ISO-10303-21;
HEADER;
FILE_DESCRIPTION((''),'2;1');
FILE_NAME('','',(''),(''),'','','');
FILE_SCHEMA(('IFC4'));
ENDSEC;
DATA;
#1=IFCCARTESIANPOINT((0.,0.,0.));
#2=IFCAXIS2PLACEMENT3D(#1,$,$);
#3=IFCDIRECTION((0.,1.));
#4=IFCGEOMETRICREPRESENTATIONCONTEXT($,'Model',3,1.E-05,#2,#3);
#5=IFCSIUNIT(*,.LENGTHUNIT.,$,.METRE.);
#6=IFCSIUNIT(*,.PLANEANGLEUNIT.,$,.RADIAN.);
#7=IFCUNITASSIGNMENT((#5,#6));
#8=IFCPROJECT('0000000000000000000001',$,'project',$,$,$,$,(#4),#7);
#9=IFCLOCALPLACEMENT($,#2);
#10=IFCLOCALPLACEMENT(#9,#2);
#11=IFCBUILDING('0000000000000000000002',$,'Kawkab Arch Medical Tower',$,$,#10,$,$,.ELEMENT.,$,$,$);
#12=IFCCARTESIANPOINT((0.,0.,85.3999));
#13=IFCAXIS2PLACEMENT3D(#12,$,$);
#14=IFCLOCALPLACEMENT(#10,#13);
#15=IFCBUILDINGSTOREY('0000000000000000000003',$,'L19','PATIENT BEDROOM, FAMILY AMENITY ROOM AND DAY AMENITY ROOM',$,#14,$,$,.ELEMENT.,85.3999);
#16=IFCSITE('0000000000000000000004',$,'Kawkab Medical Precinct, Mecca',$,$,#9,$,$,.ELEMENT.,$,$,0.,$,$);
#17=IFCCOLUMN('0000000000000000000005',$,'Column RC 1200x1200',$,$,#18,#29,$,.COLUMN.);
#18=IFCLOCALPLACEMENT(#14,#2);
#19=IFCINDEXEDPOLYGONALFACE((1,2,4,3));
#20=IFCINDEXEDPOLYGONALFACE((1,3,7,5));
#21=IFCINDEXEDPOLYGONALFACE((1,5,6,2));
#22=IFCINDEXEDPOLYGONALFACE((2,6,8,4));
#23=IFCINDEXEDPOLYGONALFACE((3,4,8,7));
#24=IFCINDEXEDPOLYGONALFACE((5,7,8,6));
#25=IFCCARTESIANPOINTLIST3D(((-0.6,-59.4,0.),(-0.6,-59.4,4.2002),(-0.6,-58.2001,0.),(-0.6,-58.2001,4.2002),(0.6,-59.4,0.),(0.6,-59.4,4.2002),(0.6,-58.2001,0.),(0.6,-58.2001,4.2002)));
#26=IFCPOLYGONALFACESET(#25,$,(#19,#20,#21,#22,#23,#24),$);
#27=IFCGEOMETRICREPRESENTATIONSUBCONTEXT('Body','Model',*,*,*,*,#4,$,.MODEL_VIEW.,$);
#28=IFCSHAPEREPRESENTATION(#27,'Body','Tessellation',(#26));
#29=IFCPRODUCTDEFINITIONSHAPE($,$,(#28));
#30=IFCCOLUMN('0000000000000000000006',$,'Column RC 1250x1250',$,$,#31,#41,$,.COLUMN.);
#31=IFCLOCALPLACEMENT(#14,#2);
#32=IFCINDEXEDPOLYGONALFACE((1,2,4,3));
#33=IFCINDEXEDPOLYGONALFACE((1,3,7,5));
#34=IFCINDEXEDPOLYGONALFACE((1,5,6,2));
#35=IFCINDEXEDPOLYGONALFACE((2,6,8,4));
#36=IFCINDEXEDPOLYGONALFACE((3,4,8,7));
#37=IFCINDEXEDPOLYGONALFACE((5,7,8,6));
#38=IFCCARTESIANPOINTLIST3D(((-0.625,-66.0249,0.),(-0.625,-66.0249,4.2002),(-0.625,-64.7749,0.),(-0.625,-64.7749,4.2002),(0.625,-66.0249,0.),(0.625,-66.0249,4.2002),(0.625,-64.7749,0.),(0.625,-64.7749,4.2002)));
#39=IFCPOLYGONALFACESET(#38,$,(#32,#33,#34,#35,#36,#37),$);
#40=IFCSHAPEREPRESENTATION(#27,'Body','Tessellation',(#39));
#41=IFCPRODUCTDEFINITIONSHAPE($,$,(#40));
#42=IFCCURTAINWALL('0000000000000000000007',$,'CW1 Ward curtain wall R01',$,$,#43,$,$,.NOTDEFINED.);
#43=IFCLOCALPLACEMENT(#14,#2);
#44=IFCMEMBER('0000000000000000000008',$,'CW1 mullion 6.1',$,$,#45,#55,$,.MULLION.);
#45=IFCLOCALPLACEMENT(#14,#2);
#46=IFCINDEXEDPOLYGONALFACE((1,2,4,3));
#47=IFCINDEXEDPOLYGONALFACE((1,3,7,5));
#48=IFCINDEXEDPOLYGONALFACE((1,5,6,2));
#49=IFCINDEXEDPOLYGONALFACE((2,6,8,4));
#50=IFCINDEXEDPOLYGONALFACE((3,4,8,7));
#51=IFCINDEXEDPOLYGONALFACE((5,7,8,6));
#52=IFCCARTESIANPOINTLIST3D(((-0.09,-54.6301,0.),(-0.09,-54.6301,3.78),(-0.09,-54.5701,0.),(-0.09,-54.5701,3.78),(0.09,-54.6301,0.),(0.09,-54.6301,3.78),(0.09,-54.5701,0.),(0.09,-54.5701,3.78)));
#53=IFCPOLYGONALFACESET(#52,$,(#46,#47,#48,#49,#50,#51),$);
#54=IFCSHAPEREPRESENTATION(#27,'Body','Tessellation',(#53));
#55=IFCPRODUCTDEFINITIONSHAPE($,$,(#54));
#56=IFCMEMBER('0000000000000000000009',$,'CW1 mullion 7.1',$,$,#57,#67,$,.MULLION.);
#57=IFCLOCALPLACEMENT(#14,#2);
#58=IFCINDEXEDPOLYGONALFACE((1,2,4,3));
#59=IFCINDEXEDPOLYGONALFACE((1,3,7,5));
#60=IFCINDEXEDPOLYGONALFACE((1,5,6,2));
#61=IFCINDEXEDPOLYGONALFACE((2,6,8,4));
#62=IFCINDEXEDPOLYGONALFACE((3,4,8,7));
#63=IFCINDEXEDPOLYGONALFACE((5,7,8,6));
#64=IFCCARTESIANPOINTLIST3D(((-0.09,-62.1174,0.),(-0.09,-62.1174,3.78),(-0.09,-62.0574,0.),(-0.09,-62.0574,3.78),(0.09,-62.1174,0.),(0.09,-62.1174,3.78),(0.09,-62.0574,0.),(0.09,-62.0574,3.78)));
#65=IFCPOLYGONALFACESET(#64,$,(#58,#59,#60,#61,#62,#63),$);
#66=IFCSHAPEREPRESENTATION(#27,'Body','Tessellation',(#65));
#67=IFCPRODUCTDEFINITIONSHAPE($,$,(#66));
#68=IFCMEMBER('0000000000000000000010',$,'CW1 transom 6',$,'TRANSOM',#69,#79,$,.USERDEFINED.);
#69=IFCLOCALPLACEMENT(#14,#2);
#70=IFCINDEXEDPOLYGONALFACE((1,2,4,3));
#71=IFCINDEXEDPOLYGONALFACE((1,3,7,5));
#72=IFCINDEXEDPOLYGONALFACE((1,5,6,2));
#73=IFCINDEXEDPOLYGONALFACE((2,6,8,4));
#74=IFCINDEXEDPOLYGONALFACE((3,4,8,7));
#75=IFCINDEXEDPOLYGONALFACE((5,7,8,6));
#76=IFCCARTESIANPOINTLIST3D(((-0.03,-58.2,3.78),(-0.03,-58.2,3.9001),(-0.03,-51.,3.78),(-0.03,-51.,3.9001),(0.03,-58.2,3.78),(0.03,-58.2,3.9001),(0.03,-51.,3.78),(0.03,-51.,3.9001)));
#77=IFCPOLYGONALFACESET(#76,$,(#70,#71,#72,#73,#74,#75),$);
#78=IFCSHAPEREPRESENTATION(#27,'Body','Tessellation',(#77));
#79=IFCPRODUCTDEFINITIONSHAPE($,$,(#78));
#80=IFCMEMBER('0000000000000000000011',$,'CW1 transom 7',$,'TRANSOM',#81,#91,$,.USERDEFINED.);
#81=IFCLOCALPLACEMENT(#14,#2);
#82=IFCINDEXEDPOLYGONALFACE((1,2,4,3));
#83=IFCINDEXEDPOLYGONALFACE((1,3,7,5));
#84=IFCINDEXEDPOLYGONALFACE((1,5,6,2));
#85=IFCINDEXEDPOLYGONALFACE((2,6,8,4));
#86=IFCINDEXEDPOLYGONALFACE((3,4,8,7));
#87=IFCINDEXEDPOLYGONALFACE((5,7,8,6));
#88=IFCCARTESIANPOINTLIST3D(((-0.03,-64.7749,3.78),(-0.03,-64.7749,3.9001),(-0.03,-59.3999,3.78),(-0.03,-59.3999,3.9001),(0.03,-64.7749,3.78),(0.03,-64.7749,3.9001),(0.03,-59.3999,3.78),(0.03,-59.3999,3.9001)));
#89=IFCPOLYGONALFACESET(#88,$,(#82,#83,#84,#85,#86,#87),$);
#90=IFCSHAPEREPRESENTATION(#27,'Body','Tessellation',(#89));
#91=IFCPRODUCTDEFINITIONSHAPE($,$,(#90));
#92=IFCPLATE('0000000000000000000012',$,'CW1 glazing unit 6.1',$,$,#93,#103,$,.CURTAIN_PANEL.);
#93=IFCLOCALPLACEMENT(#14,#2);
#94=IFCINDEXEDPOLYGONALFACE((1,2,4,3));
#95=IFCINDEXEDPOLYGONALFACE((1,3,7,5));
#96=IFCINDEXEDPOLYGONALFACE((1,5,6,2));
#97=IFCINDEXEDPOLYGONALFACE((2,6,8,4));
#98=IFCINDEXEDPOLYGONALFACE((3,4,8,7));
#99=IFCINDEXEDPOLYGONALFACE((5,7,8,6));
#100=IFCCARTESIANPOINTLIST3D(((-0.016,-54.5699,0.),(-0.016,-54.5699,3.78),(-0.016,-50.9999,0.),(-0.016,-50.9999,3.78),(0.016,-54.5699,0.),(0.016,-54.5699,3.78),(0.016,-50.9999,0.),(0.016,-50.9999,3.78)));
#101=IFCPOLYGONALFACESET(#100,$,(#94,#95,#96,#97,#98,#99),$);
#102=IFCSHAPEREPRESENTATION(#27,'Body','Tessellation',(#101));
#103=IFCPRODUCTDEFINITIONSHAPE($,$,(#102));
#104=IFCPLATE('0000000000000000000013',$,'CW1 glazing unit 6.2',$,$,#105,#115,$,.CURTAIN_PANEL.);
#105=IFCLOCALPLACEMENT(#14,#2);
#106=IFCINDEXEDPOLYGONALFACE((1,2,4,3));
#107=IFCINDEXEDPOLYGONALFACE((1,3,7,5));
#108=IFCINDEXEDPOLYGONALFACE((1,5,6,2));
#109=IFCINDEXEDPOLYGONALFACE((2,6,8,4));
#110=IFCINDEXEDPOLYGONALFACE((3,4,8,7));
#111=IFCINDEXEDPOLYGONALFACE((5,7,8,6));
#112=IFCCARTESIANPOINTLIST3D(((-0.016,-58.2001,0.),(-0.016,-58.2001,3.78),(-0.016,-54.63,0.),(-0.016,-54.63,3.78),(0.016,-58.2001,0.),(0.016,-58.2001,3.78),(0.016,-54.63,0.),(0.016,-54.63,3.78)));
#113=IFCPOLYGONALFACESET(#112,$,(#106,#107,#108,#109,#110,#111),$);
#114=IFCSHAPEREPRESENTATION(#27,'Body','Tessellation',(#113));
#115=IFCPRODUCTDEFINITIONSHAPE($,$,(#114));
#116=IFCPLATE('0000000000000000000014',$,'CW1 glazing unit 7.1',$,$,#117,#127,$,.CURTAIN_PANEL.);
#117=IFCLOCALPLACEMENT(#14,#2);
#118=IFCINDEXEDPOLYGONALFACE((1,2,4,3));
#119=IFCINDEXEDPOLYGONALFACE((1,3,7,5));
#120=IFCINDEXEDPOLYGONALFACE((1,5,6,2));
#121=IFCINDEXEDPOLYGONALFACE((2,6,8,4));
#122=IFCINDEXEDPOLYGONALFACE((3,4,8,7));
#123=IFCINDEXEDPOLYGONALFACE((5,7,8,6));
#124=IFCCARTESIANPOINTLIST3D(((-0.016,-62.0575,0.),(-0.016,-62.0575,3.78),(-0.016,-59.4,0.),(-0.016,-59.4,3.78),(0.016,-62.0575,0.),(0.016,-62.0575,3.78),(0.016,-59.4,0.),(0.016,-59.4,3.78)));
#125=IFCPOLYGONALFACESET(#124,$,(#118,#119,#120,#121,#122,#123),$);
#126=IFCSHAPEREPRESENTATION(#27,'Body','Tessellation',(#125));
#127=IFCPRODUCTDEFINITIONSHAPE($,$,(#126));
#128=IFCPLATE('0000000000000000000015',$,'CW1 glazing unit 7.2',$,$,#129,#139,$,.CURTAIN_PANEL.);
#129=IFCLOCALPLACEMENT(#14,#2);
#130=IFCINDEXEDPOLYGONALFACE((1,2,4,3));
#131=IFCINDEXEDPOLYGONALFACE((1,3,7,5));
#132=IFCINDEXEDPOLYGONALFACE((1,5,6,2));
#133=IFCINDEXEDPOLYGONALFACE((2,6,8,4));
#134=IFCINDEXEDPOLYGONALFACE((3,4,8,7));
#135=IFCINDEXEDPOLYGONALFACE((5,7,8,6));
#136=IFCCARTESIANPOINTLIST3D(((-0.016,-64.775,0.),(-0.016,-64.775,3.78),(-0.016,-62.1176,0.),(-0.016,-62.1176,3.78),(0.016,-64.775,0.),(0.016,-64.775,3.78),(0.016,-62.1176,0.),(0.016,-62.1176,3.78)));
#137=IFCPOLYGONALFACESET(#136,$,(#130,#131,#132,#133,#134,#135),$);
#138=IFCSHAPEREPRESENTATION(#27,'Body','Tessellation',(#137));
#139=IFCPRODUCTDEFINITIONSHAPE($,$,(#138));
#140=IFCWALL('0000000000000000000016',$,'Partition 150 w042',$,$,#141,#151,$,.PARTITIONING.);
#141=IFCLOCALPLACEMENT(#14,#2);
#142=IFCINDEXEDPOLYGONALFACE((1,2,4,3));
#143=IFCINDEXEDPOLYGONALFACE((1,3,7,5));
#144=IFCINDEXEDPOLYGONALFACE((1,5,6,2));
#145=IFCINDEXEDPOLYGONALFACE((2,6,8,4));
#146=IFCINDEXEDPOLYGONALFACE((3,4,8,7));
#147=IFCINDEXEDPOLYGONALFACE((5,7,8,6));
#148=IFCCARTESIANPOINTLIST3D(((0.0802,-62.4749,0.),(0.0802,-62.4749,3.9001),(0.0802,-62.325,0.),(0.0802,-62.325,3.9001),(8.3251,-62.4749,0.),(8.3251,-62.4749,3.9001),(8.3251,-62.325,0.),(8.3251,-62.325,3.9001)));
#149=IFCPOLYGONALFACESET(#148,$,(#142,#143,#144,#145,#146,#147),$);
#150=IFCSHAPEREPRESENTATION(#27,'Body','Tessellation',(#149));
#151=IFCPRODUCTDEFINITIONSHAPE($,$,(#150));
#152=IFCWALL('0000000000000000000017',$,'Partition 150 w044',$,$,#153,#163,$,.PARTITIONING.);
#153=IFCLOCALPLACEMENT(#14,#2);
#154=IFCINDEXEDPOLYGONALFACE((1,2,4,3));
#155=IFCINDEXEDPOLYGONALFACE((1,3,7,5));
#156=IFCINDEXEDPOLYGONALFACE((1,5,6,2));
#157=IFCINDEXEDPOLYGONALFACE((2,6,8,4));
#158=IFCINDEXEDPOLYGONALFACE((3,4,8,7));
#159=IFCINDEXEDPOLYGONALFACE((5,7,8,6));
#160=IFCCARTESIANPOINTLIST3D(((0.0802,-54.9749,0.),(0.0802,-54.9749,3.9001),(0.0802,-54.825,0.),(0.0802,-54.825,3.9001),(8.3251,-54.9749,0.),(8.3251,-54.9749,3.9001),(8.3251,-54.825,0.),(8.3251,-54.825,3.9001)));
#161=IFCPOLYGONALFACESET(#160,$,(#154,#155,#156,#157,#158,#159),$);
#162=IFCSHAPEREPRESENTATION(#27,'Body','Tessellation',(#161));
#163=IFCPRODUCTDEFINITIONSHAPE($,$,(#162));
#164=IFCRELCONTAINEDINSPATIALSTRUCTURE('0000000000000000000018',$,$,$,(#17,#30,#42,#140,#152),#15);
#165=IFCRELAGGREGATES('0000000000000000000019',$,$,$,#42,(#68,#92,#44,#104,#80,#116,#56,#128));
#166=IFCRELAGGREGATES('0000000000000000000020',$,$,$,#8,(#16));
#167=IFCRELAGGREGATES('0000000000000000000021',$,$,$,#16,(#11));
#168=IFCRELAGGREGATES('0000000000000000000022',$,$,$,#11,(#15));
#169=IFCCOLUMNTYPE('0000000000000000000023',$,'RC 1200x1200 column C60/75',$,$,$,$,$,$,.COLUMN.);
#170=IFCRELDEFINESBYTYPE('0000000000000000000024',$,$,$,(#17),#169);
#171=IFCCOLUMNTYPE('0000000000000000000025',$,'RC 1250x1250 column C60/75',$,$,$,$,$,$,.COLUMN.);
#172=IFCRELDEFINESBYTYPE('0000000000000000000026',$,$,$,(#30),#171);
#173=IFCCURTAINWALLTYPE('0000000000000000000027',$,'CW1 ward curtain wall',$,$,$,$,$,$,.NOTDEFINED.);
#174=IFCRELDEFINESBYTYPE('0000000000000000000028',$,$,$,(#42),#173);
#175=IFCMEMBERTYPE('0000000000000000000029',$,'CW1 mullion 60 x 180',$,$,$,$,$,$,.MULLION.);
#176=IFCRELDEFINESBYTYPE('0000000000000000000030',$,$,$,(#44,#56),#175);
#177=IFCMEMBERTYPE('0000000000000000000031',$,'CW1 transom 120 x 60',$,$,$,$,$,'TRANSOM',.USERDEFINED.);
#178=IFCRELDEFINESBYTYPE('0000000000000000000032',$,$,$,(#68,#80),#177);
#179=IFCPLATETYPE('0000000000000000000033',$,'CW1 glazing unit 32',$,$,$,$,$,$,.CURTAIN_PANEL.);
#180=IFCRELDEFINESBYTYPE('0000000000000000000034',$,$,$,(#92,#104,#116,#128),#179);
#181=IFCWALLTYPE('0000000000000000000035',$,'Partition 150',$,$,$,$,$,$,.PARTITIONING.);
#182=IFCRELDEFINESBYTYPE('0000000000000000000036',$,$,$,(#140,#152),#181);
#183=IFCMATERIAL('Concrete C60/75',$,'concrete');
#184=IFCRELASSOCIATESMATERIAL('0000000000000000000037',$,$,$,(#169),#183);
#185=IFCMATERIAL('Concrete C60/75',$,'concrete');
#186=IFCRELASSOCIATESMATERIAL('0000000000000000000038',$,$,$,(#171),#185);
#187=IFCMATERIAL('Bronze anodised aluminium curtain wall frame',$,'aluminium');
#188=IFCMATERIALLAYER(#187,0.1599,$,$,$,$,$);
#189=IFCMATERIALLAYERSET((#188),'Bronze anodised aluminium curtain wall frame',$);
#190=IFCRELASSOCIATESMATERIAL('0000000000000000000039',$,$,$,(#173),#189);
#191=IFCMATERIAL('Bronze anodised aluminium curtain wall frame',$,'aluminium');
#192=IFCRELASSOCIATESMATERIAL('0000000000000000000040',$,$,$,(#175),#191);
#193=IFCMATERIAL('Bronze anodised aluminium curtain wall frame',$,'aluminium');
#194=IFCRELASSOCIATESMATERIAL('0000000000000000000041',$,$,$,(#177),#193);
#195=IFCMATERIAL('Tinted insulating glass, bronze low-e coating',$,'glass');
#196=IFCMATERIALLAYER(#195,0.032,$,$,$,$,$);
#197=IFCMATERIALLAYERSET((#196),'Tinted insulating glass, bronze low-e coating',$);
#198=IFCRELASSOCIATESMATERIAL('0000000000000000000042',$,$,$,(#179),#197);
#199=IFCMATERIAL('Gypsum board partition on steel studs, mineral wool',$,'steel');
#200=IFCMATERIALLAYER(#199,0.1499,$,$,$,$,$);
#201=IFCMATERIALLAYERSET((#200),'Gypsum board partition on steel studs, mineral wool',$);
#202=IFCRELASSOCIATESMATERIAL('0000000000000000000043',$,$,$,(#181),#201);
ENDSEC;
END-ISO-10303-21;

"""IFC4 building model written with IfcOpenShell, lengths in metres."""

from ifc_helpers import new_model, si_unit, direction, frame, frame_2d, origin, origin_2d, place, context, subcontext, project, spatial, rectangle, extrude, material, layer, layer_set, material_profile, profile_set, type_object, element, aggregate, save


model = new_model("IFC4")

# Units and contexts
model_context = context("Model", 3, precision=1e-05, world=origin(), true_north=direction((0.0, 1.0)))
body_context = subcontext(model_context, "Body", "Model", "MODEL_VIEW")
ifc_project = project(units=[si_unit("LENGTHUNIT", "METRE"), si_unit("PLANEANGLEUNIT", "RADIAN")], contexts=[model_context])

# Site, building, storey
site_placement = place(None, origin())
site = spatial("IfcSite", under=ifc_project, at=site_placement, Name="Kawkab Medical Precinct, Mecca", CompositionType="ELEMENT", RefElevation=0.0)
building_placement = place(site_placement, origin())
building = spatial("IfcBuilding", under=site, at=building_placement, Name="Kawkab Arch Medical Tower", CompositionType="ELEMENT")
storey_placement = place(building_placement, frame((0.0, 0.0, 85.3999)))
storey = spatial("IfcBuildingStorey", under=building, at=storey_placement, Name="L19", Description="PATIENT BEDROOM, FAMILY AMENITY ROOM AND DAY AMENITY ROOM", CompositionType="ELEMENT", Elevation=85.3999)

# Columns
ifc_material_1 = material(Name="Concrete C60/75", Category="concrete")
ifc_material_profile_1 = material_profile(ifc_material_1, rectangle(XDim=1.2, YDim=1.2, at=origin_2d()), Name="RC 1200x1200")
ifc_profile_set_1 = profile_set([ifc_material_profile_1], Name="Concrete C60/75")
column_type_1 = type_object("IfcColumnType", Name="RC 1200x1200 column C60/75", PredefinedType="COLUMN", material=ifc_profile_set_1)
column_1_placement = place(storey_placement, frame((0.0, -58.8, 0.0), z_axis=(0.0, 0.0, 1.0), x_axis=(1.0, 0.0, 0.0)))
element("IfcColumn", 1, at=column_1_placement, inside=storey, type_object=column_type_1, Name="Column RC 1200x1200", PredefinedType="COLUMN", context=body_context, shape_type="SweptSolid", body=[
    extrude(rectangle(XDim=1.2, YDim=1.2, at=origin_2d()), origin(), (0.0, 0.0, 1.0), 4.2002),
])
ifc_material_2 = material(Name="Concrete C60/75", Category="concrete")
ifc_material_profile_2 = material_profile(ifc_material_2, rectangle(XDim=1.25, YDim=1.25, at=origin_2d()), Name="RC 1250x1250")
ifc_profile_set_2 = profile_set([ifc_material_profile_2], Name="Concrete C60/75")
column_type_2 = type_object("IfcColumnType", Name="RC 1250x1250 column C60/75", PredefinedType="COLUMN", material=ifc_profile_set_2)
column_2_placement = place(storey_placement, frame((0.0, -65.3999, 0.0), z_axis=(0.0, 0.0, 1.0), x_axis=(1.0, 0.0, 0.0)))
element("IfcColumn", 2, at=column_2_placement, inside=storey, type_object=column_type_2, Name="Column RC 1250x1250", PredefinedType="COLUMN", context=body_context, shape_type="SweptSolid", body=[
    extrude(rectangle(XDim=1.25, YDim=1.25, at=origin_2d()), origin(), (0.0, 0.0, 1.0), 4.2002),
])

# Curtain wall, members, plates
ifc_material_3 = material(Name="Bronze anodised aluminium curtain wall frame", Category="aluminium")
ifc_layer_1 = layer(ifc_material_3, 0.1599)
ifc_layer_set_1 = layer_set([ifc_layer_1], Name="Bronze anodised aluminium curtain wall frame")
curtain_wall_type = type_object("IfcCurtainWallType", Name="CW1 ward curtain wall", PredefinedType="NOTDEFINED", material=ifc_layer_set_1)
curtain_wall_placement = place(storey_placement, origin())
curtain_wall = element("IfcCurtainWall", 3, at=curtain_wall_placement, inside=storey, type_object=curtain_wall_type, Name="CW1 Ward curtain wall R01", PredefinedType="NOTDEFINED")
ifc_material_4 = material(Name="Bronze anodised aluminium curtain wall frame", Category="aluminium")
ifc_material_profile_3 = material_profile(ifc_material_4, rectangle(XDim=0.1799, YDim=0.0601, at=origin_2d()), Name="AL 60x180")
ifc_profile_set_3 = profile_set([ifc_material_profile_3], Name="Bronze anodised aluminium curtain wall frame")
member_type_1 = type_object("IfcMemberType", Name="CW1 mullion 60 x 180", PredefinedType="MULLION", material=ifc_profile_set_3)
member_1_placement = place(storey_placement, frame((0.0, -54.6001, 0.0), z_axis=(0.0, 0.0, 1.0), x_axis=(1.0, 0.0, 0.0)))
member_1 = element("IfcMember", 4, at=member_1_placement, type_object=member_type_1, Name="CW1 mullion 6.1", PredefinedType="MULLION", context=body_context, shape_type="SweptSolid", body=[
    extrude(rectangle(XDim=0.1799, YDim=0.0601, at=origin_2d()), origin(), (0.0, 0.0, 1.0), 3.78),
])
member_2_placement = place(storey_placement, frame((0.0, -62.0874, 0.0), z_axis=(0.0, 0.0, 1.0), x_axis=(1.0, 0.0, 0.0)))
member_2 = element("IfcMember", 5, at=member_2_placement, type_object=member_type_1, Name="CW1 mullion 7.1", PredefinedType="MULLION", context=body_context, shape_type="SweptSolid", body=[
    extrude(rectangle(XDim=0.1799, YDim=0.0601, at=origin_2d()), origin(), (0.0, 0.0, 1.0), 3.78),
])
ifc_material_5 = material(Name="Bronze anodised aluminium curtain wall frame", Category="aluminium")
ifc_material_profile_4 = material_profile(ifc_material_5, rectangle(XDim=0.0601, YDim=0.1201, at=origin_2d()), Name="AL 60x120")
ifc_profile_set_4 = profile_set([ifc_material_profile_4], Name="Bronze anodised aluminium curtain wall frame")
member_type_2 = type_object("IfcMemberType", Name="CW1 transom 120 x 60", ElementType="TRANSOM", PredefinedType="USERDEFINED", material=ifc_profile_set_4)
member_3_placement = place(storey_placement, frame((0.0, -51.0, 3.8401), z_axis=(0.0, -1.0, 0.0), x_axis=(1.0, 0.0, 0.0)))
member_3 = element("IfcMember", 6, at=member_3_placement, type_object=member_type_2, Name="CW1 transom 6", ObjectType="TRANSOM", PredefinedType="USERDEFINED", context=body_context, shape_type="SweptSolid", body=[
    extrude(rectangle(XDim=0.0601, YDim=0.1201, at=origin_2d()), origin(), (0.0, 0.0, 1.0), 7.2),
])
member_4_placement = place(storey_placement, frame((0.0, -59.3999, 3.8401), z_axis=(0.0, -1.0, 0.0), x_axis=(1.0, 0.0, 0.0)))
member_4 = element("IfcMember", 7, at=member_4_placement, type_object=member_type_2, Name="CW1 transom 7", ObjectType="TRANSOM", PredefinedType="USERDEFINED", context=body_context, shape_type="SweptSolid", body=[
    extrude(rectangle(XDim=0.0601, YDim=0.1201, at=origin_2d()), origin(), (0.0, 0.0, 1.0), 5.375),
])
ifc_material_6 = material(Name="Tinted insulating glass, bronze low-e coating", Category="glass")
ifc_layer_2 = layer(ifc_material_6, 0.032)
ifc_layer_set_2 = layer_set([ifc_layer_2], Name="Tinted insulating glass, bronze low-e coating")
plate_type = type_object("IfcPlateType", Name="CW1 glazing unit 32", PredefinedType="CURTAIN_PANEL", material=ifc_layer_set_2)
plate_1_placement = place(storey_placement, frame((0.0, -52.7849, 0.0), z_axis=(0.0, 0.0, 1.0), x_axis=(0.0, -1.0, 0.0)))
plate_1 = element("IfcPlate", 8, at=plate_1_placement, type_object=plate_type, Name="CW1 glazing unit 6.1", PredefinedType="CURTAIN_PANEL", context=body_context, shape_type="SweptSolid", body=[
    extrude(rectangle(XDim=3.5701, YDim=0.032, at=origin_2d()), origin(), (0.0, 0.0, 1.0), 3.78),
])
plate_2_placement = place(storey_placement, frame((0.0, -56.415, 0.0), z_axis=(0.0, 0.0, 1.0), x_axis=(0.0, -1.0, 0.0)))
plate_2 = element("IfcPlate", 9, at=plate_2_placement, type_object=plate_type, Name="CW1 glazing unit 6.2", PredefinedType="CURTAIN_PANEL", context=body_context, shape_type="SweptSolid", body=[
    extrude(rectangle(XDim=3.5701, YDim=0.032, at=origin_2d()), origin(), (0.0, 0.0, 1.0), 3.78),
])
plate_3_placement = place(storey_placement, frame((0.0, -60.7288, 0.0), z_axis=(0.0, 0.0, 1.0), x_axis=(0.0, -1.0, 0.0)))
plate_3 = element("IfcPlate", 10, at=plate_3_placement, type_object=plate_type, Name="CW1 glazing unit 7.1", PredefinedType="CURTAIN_PANEL", context=body_context, shape_type="SweptSolid", body=[
    extrude(rectangle(XDim=2.6575, YDim=0.032, at=origin_2d()), origin(), (0.0, 0.0, 1.0), 3.78),
])
plate_4_placement = place(storey_placement, frame((0.0, -63.4463, 0.0), z_axis=(0.0, 0.0, 1.0), x_axis=(0.0, -1.0, 0.0)))
plate_4 = element("IfcPlate", 11, at=plate_4_placement, type_object=plate_type, Name="CW1 glazing unit 7.2", PredefinedType="CURTAIN_PANEL", context=body_context, shape_type="SweptSolid", body=[
    extrude(rectangle(XDim=2.6575, YDim=0.032, at=origin_2d()), origin(), (0.0, 0.0, 1.0), 3.78),
])
aggregate(curtain_wall, [member_3, plate_1, member_1, plate_2, member_4, plate_3, member_2, plate_4])

# Walls
ifc_material_7 = material(Name="Gypsum board partition on steel studs, mineral wool", Category="steel")
ifc_layer_3 = layer(ifc_material_7, 0.1499)
ifc_layer_set_3 = layer_set([ifc_layer_3], Name="Gypsum board partition on steel studs, mineral wool")
wall_type = type_object("IfcWallType", Name="Partition 150", PredefinedType="PARTITIONING", material=ifc_layer_set_3)
for number, where, z_axis, x_axis, name in (
    (12, (0.0801, -62.3999, 0.0), (0.0, 0.0, 1.0), (1.0, 0.0, 0.0), "Partition 150 w042"),
    (13, (0.0801, -54.8999, 0.0), (0.0, 0.0, 1.0), (1.0, 0.0, 0.0), "Partition 150 w044"),
):
    element("IfcWall", number, at=place(storey_placement, frame(where, z_axis=z_axis, x_axis=x_axis)), inside=storey, type_object=wall_type, Name=name, PredefinedType="PARTITIONING", context=body_context, shape_type="SweptSolid", body=[
        extrude(rectangle(XDim=8.2449, YDim=0.1499, at=frame_2d((4.1226, 0.0))), origin(), (0.0, 0.0, 1.0), 3.9001),
    ])

save(model, "model.ifc")
